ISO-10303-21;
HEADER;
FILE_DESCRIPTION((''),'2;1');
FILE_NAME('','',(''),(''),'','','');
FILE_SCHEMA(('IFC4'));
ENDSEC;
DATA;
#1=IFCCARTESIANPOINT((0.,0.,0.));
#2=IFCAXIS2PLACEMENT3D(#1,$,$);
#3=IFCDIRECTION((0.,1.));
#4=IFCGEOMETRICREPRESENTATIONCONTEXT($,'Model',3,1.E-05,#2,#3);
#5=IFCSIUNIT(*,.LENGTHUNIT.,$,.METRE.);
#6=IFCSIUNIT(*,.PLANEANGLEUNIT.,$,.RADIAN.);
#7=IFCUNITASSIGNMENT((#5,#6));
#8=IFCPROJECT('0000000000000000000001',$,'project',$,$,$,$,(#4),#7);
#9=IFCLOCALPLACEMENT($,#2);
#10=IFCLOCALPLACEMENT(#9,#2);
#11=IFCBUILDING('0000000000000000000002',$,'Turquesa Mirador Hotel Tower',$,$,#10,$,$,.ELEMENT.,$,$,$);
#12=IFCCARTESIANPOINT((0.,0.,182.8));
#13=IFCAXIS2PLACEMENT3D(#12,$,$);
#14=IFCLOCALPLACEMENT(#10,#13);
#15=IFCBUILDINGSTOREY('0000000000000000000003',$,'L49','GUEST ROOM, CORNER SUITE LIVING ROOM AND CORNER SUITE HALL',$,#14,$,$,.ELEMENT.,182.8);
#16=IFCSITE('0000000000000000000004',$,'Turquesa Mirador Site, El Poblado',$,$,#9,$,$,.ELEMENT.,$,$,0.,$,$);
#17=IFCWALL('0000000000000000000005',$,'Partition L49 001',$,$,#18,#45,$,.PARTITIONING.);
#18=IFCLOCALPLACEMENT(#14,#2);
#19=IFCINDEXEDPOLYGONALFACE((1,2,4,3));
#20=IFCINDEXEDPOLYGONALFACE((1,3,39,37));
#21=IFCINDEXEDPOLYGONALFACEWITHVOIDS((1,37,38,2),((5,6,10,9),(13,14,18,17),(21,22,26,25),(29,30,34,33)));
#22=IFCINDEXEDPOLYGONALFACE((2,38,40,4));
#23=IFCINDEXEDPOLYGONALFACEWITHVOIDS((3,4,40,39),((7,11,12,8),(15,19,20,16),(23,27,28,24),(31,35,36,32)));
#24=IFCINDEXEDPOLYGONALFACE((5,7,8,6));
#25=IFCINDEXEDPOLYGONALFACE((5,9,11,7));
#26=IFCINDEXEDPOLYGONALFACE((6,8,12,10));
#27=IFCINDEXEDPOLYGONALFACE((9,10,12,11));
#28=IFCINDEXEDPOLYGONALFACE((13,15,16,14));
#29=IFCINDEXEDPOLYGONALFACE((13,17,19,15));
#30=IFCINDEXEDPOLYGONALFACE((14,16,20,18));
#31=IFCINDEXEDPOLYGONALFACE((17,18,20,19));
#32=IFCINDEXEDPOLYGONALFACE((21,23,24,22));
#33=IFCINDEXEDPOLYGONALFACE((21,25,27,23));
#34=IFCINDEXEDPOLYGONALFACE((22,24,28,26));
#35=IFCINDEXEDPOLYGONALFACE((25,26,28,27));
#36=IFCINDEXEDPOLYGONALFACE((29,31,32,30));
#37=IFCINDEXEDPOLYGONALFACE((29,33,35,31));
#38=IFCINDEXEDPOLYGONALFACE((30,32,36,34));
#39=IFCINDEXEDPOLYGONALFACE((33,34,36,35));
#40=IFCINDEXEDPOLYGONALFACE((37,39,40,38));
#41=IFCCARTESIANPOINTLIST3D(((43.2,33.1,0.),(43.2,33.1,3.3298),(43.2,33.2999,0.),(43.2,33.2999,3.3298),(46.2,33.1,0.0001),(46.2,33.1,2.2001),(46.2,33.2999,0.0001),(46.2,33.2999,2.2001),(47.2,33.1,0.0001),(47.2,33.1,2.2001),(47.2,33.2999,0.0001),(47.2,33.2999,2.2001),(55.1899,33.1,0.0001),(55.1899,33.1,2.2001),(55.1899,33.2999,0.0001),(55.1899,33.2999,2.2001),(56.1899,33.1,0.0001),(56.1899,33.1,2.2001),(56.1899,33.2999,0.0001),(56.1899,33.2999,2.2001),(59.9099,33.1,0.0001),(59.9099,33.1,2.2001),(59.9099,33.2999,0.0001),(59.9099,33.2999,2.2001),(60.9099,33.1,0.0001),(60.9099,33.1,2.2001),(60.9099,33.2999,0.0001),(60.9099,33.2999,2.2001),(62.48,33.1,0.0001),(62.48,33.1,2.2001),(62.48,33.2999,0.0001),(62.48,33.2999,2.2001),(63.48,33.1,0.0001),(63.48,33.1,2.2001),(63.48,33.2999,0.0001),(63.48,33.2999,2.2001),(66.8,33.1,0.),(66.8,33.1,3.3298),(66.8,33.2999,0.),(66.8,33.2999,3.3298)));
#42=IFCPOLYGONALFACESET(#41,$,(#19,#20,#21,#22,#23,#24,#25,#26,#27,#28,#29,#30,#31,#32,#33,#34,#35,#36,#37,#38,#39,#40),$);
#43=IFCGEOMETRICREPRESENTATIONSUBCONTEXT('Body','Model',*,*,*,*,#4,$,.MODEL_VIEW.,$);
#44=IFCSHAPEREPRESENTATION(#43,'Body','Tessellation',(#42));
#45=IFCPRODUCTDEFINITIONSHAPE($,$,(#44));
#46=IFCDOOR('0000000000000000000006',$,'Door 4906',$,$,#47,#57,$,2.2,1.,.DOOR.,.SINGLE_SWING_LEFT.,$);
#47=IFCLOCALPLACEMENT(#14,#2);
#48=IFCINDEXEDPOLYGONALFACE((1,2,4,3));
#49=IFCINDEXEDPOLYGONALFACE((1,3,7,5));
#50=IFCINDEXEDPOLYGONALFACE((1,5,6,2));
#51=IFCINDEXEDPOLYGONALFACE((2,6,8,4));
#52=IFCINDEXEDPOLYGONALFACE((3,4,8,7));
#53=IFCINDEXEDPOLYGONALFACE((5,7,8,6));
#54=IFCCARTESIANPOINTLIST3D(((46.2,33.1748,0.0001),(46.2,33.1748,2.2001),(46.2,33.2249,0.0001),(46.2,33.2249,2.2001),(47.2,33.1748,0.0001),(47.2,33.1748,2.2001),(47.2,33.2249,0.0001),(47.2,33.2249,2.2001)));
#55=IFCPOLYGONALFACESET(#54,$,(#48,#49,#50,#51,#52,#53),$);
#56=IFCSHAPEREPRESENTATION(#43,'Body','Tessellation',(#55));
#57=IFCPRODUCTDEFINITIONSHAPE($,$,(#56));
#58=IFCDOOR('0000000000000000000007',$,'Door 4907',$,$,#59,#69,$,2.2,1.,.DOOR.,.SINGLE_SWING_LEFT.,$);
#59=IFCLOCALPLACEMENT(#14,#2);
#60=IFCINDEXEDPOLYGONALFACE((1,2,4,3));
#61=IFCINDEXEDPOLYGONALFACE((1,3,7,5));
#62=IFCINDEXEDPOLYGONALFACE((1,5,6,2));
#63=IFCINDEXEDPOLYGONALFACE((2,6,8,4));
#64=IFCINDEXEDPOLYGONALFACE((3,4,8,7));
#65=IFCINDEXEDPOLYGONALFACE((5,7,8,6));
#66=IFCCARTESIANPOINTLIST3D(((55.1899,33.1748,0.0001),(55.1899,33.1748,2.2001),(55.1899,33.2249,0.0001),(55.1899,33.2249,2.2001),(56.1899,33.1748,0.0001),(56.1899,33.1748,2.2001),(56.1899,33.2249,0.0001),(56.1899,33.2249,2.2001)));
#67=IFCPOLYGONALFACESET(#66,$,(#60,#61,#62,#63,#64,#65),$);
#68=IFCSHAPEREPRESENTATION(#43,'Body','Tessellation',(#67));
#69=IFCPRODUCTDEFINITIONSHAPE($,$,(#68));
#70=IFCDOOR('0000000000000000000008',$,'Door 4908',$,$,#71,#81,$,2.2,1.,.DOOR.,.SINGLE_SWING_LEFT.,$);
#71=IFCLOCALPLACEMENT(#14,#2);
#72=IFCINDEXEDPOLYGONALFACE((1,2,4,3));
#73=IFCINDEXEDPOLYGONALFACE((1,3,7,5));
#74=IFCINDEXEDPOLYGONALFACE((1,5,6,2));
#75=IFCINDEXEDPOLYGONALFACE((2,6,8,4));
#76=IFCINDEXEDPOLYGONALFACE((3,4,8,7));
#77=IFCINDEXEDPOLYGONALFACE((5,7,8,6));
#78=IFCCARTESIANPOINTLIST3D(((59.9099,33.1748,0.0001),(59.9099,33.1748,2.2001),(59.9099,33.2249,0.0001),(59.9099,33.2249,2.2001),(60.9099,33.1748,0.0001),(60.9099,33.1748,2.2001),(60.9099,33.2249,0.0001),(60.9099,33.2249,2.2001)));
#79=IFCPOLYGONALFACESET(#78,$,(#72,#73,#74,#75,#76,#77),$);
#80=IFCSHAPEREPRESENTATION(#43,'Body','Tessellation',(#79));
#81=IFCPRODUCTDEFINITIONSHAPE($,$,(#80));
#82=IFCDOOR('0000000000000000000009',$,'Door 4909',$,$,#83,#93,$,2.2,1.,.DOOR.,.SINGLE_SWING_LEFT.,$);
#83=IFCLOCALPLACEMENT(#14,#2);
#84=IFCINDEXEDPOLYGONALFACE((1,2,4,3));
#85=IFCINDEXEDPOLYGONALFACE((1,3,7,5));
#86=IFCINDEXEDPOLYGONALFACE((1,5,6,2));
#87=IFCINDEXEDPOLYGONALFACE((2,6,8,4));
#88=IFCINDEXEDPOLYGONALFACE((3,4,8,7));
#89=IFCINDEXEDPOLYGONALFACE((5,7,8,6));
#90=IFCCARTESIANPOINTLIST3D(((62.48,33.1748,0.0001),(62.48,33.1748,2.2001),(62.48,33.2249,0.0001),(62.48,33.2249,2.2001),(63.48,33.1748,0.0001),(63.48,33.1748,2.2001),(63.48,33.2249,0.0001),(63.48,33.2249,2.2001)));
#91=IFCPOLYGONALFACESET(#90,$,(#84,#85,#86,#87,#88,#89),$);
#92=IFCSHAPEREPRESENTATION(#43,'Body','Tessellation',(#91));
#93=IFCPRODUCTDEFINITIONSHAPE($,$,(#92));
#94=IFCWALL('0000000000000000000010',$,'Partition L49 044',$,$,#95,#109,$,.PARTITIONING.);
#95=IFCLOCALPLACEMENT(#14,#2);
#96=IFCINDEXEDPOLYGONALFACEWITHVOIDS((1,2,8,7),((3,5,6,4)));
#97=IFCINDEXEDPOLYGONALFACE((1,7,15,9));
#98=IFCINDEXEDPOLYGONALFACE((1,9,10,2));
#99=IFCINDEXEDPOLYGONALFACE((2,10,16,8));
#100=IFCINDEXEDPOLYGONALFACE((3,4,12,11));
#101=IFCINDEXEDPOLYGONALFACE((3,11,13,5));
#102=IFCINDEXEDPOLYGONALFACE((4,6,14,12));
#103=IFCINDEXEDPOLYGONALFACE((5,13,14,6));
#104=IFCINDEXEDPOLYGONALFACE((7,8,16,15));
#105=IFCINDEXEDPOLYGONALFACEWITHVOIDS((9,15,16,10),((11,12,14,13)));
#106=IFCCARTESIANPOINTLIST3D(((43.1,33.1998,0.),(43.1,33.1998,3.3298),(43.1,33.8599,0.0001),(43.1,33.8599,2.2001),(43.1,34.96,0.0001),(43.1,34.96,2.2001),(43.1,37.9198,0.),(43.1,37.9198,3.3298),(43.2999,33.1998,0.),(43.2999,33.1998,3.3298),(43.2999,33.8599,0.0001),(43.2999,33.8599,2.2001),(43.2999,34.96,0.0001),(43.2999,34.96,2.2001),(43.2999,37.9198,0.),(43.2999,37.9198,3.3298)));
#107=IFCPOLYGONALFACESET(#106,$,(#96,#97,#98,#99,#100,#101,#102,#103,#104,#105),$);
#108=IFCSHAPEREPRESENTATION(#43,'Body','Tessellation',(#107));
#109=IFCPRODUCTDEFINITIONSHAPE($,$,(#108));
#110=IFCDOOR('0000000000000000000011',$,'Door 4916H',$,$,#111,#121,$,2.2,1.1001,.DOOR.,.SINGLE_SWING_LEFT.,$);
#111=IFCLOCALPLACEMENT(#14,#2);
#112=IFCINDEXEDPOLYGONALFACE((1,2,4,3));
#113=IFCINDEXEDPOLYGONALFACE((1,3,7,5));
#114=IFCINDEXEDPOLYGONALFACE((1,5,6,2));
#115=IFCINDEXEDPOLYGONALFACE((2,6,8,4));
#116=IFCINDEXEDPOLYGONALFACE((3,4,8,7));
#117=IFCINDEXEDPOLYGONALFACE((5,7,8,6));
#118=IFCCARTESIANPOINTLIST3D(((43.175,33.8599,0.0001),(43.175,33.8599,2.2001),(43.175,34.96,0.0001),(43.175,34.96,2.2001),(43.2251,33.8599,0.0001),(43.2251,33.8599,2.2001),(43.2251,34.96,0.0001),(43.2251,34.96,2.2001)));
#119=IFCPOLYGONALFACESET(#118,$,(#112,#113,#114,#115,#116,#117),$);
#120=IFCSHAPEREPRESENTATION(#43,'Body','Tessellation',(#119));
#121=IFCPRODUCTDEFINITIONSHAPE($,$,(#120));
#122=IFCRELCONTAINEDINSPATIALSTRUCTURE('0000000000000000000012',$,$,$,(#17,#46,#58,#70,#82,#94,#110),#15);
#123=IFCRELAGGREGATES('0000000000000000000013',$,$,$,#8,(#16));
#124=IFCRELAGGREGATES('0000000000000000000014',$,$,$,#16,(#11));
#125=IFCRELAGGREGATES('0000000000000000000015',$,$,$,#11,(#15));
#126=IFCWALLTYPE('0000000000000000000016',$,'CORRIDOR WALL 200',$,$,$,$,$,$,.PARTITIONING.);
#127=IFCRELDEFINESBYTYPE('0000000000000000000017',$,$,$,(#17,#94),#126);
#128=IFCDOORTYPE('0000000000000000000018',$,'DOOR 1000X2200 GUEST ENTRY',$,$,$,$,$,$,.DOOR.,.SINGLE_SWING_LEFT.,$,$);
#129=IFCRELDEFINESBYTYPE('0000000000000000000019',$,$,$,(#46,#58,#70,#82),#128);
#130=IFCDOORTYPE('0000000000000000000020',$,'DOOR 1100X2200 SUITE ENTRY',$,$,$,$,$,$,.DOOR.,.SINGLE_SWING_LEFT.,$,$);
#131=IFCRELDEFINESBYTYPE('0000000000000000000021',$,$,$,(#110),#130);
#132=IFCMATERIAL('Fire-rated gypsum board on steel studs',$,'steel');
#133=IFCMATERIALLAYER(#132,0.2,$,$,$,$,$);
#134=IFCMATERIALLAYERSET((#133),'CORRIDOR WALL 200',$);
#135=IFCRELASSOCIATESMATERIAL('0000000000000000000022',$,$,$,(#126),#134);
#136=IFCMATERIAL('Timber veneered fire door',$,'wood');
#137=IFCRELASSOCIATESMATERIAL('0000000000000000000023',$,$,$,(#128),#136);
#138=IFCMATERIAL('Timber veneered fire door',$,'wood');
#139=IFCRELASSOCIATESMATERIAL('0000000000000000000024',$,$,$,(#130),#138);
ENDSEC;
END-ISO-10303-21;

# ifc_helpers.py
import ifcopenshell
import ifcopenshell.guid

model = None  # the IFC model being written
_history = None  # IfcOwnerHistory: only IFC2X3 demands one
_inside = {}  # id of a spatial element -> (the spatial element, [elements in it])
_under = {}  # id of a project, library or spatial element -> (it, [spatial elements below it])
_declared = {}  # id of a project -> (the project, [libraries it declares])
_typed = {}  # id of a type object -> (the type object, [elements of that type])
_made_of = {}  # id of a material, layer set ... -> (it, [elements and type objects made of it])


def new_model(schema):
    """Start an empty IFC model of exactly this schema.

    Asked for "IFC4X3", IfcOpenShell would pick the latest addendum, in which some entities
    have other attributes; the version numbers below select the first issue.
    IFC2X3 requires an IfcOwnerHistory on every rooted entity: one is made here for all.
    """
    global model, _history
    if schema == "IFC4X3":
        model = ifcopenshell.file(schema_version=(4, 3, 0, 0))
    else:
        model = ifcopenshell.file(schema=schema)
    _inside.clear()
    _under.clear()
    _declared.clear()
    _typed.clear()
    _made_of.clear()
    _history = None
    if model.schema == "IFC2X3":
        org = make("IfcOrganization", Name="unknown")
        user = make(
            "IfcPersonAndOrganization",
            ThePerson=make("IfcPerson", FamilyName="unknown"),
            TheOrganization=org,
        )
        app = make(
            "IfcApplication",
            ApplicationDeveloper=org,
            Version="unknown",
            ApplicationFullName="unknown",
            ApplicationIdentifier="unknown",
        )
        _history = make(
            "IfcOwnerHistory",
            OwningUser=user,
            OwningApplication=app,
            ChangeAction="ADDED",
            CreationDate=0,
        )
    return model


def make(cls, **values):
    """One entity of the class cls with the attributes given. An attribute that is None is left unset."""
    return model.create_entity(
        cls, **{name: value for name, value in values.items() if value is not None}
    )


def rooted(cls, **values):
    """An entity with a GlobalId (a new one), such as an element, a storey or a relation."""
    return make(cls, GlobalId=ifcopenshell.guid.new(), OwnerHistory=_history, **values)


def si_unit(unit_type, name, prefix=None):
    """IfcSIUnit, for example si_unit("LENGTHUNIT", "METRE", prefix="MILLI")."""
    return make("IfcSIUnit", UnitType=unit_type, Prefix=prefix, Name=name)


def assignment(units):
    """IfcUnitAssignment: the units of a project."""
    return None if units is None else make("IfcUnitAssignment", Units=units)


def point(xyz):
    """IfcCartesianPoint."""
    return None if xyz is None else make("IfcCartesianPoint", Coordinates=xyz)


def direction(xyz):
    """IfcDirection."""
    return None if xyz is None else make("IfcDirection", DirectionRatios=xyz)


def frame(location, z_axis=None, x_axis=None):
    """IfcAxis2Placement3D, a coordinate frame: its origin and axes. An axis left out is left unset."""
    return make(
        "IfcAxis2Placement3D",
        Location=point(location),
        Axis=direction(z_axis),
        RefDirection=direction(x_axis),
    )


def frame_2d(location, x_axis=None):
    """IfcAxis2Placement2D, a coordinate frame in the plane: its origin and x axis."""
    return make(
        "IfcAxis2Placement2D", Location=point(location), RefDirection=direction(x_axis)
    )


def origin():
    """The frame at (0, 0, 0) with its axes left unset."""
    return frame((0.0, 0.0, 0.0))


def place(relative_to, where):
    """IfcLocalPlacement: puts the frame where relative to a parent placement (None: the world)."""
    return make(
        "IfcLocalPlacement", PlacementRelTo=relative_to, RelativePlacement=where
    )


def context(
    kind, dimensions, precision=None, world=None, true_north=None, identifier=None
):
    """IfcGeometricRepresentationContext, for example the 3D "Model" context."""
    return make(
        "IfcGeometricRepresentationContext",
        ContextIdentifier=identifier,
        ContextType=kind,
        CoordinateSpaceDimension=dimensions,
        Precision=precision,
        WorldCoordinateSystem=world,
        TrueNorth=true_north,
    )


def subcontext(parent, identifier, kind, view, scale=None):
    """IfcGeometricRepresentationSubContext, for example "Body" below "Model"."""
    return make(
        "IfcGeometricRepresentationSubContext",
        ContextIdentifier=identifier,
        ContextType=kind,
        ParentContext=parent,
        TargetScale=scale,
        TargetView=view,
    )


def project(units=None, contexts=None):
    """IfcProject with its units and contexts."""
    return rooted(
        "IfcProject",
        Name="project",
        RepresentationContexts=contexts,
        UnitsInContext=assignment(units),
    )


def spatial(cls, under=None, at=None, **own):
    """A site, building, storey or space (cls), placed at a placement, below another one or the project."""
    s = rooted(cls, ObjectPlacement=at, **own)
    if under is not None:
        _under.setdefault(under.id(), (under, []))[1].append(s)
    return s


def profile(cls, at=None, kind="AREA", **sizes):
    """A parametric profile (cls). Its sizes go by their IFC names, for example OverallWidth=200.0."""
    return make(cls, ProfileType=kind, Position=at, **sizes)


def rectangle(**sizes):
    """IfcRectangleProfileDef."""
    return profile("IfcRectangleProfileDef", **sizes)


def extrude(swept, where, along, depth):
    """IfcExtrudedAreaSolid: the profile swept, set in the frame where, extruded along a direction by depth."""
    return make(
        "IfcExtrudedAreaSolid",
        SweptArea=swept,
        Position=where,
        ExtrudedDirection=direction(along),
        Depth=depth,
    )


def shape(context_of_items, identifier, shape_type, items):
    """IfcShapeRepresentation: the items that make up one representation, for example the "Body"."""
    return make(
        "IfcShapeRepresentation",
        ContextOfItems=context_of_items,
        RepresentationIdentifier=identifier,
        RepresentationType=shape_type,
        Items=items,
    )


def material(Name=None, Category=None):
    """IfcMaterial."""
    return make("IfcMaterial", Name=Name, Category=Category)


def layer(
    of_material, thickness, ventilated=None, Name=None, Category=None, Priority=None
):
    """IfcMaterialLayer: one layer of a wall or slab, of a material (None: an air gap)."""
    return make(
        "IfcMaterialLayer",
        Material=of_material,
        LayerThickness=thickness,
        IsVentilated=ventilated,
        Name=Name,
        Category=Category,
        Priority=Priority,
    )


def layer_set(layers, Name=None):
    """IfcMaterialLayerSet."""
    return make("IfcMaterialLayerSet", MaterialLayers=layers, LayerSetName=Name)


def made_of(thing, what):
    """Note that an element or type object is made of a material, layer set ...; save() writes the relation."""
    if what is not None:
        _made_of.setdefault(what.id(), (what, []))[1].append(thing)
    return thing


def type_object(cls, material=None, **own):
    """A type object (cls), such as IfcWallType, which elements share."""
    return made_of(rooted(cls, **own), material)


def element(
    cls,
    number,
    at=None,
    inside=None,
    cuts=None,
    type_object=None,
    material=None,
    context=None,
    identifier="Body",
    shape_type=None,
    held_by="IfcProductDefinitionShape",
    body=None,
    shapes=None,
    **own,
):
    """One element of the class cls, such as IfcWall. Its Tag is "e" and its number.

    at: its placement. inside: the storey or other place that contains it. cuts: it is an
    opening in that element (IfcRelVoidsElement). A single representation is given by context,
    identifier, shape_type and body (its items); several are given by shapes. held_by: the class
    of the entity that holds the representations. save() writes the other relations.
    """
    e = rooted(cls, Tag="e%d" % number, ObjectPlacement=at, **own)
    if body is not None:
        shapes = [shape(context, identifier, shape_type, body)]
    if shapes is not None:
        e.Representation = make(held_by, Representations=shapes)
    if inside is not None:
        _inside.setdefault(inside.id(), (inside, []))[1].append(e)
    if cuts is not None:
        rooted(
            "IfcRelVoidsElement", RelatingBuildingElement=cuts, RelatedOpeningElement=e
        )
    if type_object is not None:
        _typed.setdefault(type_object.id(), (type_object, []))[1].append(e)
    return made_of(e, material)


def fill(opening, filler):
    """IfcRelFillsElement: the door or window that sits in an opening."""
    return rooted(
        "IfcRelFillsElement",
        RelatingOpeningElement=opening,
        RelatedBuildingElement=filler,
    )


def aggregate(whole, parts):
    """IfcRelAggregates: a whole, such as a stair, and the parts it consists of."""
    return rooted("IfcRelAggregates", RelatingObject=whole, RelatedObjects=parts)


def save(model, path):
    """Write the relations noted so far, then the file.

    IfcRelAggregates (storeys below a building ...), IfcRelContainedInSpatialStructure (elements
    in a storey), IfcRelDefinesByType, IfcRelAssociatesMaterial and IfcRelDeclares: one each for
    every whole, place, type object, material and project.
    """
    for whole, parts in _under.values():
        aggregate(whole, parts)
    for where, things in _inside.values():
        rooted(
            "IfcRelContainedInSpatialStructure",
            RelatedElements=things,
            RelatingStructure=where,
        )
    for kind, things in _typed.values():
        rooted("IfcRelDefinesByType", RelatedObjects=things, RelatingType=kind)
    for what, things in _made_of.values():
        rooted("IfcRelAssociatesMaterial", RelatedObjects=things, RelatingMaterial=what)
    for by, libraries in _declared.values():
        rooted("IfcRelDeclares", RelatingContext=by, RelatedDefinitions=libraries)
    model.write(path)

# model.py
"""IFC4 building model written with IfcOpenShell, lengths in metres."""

from ifc_helpers import new_model, si_unit, direction, frame, frame_2d, origin, place, context, subcontext, project, spatial, rectangle, extrude, material, layer, layer_set, type_object, element, fill, save


model = new_model("IFC4")

# Units and contexts
model_context = context("Model", 3, precision=1e-05, world=origin(), true_north=direction((0.0, 1.0)))
body_context = subcontext(model_context, "Body", "Model", "MODEL_VIEW")
ifc_project = project(units=[si_unit("LENGTHUNIT", "METRE"), si_unit("PLANEANGLEUNIT", "RADIAN")], contexts=[model_context])

# Site, building, storey
site_placement = place(None, origin())
site = spatial("IfcSite", under=ifc_project, at=site_placement, Name="Turquesa Mirador Site, El Poblado", CompositionType="ELEMENT", RefElevation=0.0)
building_placement = place(site_placement, origin())
building = spatial("IfcBuilding", under=site, at=building_placement, Name="Turquesa Mirador Hotel Tower", CompositionType="ELEMENT")
storey_placement = place(building_placement, frame((0.0, 0.0, 182.8)))
storey = spatial("IfcBuildingStorey", under=building, at=storey_placement, Name="L49", Description="GUEST ROOM, CORNER SUITE LIVING ROOM AND CORNER SUITE HALL", CompositionType="ELEMENT", Elevation=182.8)

# Wall, openings, doors
ifc_material_1 = material(Name="Fire-rated gypsum board on steel studs", Category="steel")
ifc_layer_1 = layer(ifc_material_1, 0.2)
ifc_layer_set_1 = layer_set([ifc_layer_1], Name="CORRIDOR WALL 200")
wall_type_1 = type_object("IfcWallType", Name="CORRIDOR WALL 200", PredefinedType="PARTITIONING", material=ifc_layer_set_1)
wall_1_placement = place(storey_placement, frame((43.2, 33.2, 0.0), z_axis=(0.0, 0.0, 1.0), x_axis=(1.0, 0.0, 0.0)))
wall_1 = element("IfcWall", 1, at=wall_1_placement, inside=storey, type_object=wall_type_1, Name="Partition L49 001", PredefinedType="PARTITIONING", context=body_context, shape_type="SweptSolid", body=[
    extrude(rectangle(XDim=23.6001, YDim=0.2, at=frame_2d((11.8, 0.0))), origin(), (0.0, 0.0, 1.0), 3.3298),
])
opening_1_placement = place(wall_1_placement, frame((3.0, 0.0, 0.0)))
opening_1 = element("IfcOpeningElement", 2, at=opening_1_placement, cuts=wall_1, PredefinedType="OPENING", context=body_context, shape_type="SweptSolid", body=[
    extrude(rectangle(XDim=1.0, YDim=2.2, at=frame_2d((0.5, 1.1001))), frame((0.0, 0.1099, 0.0), z_axis=(0.0, -1.0, 0.0), x_axis=(1.0, 0.0, 0.0)), (0.0, 0.0, 1.0), 0.22),
])
opening_2_placement = place(wall_1_placement, frame((11.99, 0.0, 0.0)))
opening_2 = element("IfcOpeningElement", 3, at=opening_2_placement, cuts=wall_1, PredefinedType="OPENING", context=body_context, shape_type="SweptSolid", body=[
    extrude(rectangle(XDim=1.0, YDim=2.2, at=frame_2d((0.5, 1.1001))), frame((0.0, 0.1099, 0.0), z_axis=(0.0, -1.0, 0.0), x_axis=(1.0, 0.0, 0.0)), (0.0, 0.0, 1.0), 0.22),
])
opening_3_placement = place(wall_1_placement, frame((16.71, 0.0, 0.0)))
opening_3 = element("IfcOpeningElement", 4, at=opening_3_placement, cuts=wall_1, PredefinedType="OPENING", context=body_context, shape_type="SweptSolid", body=[
    extrude(rectangle(XDim=1.0, YDim=2.2, at=frame_2d((0.5, 1.1001))), frame((0.0, 0.1099, 0.0), z_axis=(0.0, -1.0, 0.0), x_axis=(1.0, 0.0, 0.0)), (0.0, 0.0, 1.0), 0.22),
])
opening_4_placement = place(wall_1_placement, frame((19.28, 0.0, 0.0)))
opening_4 = element("IfcOpeningElement", 5, at=opening_4_placement, cuts=wall_1, PredefinedType="OPENING", context=body_context, shape_type="SweptSolid", body=[
    extrude(rectangle(XDim=1.0, YDim=2.2, at=frame_2d((0.5, 1.1001))), frame((0.0, 0.1099, 0.0), z_axis=(0.0, -1.0, 0.0), x_axis=(1.0, 0.0, 0.0)), (0.0, 0.0, 1.0), 0.22),
])
ifc_material_2 = material(Name="Timber veneered fire door", Category="wood")
door_type_1 = type_object("IfcDoorType", Name="DOOR 1000X2200 GUEST ENTRY", OperationType="SINGLE_SWING_LEFT", PredefinedType="DOOR", material=ifc_material_2)
door_1_placement = place(opening_1_placement, origin())
door_1 = element("IfcDoor", 6, at=door_1_placement, inside=storey, type_object=door_type_1, Name="Door 4906", OperationType="SINGLE_SWING_LEFT", OverallHeight=2.2, OverallWidth=1.0, PredefinedType="DOOR", context=body_context, shape_type="SweptSolid", body=[
    extrude(rectangle(XDim=1.0, YDim=2.2, at=frame_2d((0.5, 1.1001))), frame((0.0, 0.0249, 0.0), z_axis=(0.0, -1.0, 0.0), x_axis=(1.0, 0.0, 0.0)), (0.0, 0.0, 1.0), 0.05),
])
fill(opening_1, door_1)
door_2_placement = place(opening_2_placement, origin())
door_2 = element("IfcDoor", 7, at=door_2_placement, inside=storey, type_object=door_type_1, Name="Door 4907", OperationType="SINGLE_SWING_LEFT", OverallHeight=2.2, OverallWidth=1.0, PredefinedType="DOOR", context=body_context, shape_type="SweptSolid", body=[
    extrude(rectangle(XDim=1.0, YDim=2.2, at=frame_2d((0.5, 1.1001))), frame((0.0, 0.0249, 0.0), z_axis=(0.0, -1.0, 0.0), x_axis=(1.0, 0.0, 0.0)), (0.0, 0.0, 1.0), 0.05),
])
fill(opening_2, door_2)
door_3_placement = place(opening_3_placement, origin())
door_3 = element("IfcDoor", 8, at=door_3_placement, inside=storey, type_object=door_type_1, Name="Door 4908", OperationType="SINGLE_SWING_LEFT", OverallHeight=2.2, OverallWidth=1.0, PredefinedType="DOOR", context=body_context, shape_type="SweptSolid", body=[
    extrude(rectangle(XDim=1.0, YDim=2.2, at=frame_2d((0.5, 1.1001))), frame((0.0, 0.0249, 0.0), z_axis=(0.0, -1.0, 0.0), x_axis=(1.0, 0.0, 0.0)), (0.0, 0.0, 1.0), 0.05),
])
fill(opening_3, door_3)
door_4_placement = place(opening_4_placement, origin())
door_4 = element("IfcDoor", 9, at=door_4_placement, inside=storey, type_object=door_type_1, Name="Door 4909", OperationType="SINGLE_SWING_LEFT", OverallHeight=2.2, OverallWidth=1.0, PredefinedType="DOOR", context=body_context, shape_type="SweptSolid", body=[
    extrude(rectangle(XDim=1.0, YDim=2.2, at=frame_2d((0.5, 1.1001))), frame((0.0, 0.0249, 0.0), z_axis=(0.0, -1.0, 0.0), x_axis=(1.0, 0.0, 0.0)), (0.0, 0.0, 1.0), 0.05),
])
fill(opening_4, door_4)

# Wall, opening, door
wall_2_placement = place(storey_placement, frame((43.2, 33.2, 0.0), z_axis=(0.0, 0.0, 1.0), x_axis=(0.0, 1.0, 0.0)))
wall_2 = element("IfcWall", 10, at=wall_2_placement, inside=storey, type_object=wall_type_1, Name="Partition L49 044", PredefinedType="PARTITIONING", context=body_context, shape_type="SweptSolid", body=[
    extrude(rectangle(XDim=4.72, YDim=0.2, at=frame_2d((2.3599, 0.0))), origin(), (0.0, 0.0, 1.0), 3.3298),
])
opening_5_placement = place(wall_2_placement, frame((0.6599, 0.0, 0.0)))
opening_5 = element("IfcOpeningElement", 11, at=opening_5_placement, cuts=wall_2, PredefinedType="OPENING", context=body_context, shape_type="SweptSolid", body=[
    extrude(rectangle(XDim=1.1001, YDim=2.2, at=frame_2d((0.55, 1.1001))), frame((0.0, 0.1099, 0.0), z_axis=(0.0, -1.0, 0.0), x_axis=(1.0, 0.0, 0.0)), (0.0, 0.0, 1.0), 0.22),
])
ifc_material_3 = material(Name="Timber veneered fire door", Category="wood")
door_type_2 = type_object("IfcDoorType", Name="DOOR 1100X2200 SUITE ENTRY", OperationType="SINGLE_SWING_LEFT", PredefinedType="DOOR", material=ifc_material_3)
door_5_placement = place(opening_5_placement, origin())
door_5 = element("IfcDoor", 12, at=door_5_placement, inside=storey, type_object=door_type_2, Name="Door 4916H", OperationType="SINGLE_SWING_LEFT", OverallHeight=2.2, OverallWidth=1.1001, PredefinedType="DOOR", context=body_context, shape_type="SweptSolid", body=[
    extrude(rectangle(XDim=1.1001, YDim=2.2, at=frame_2d((0.55, 1.1001))), frame((0.0, 0.0249, 0.0), z_axis=(0.0, -1.0, 0.0), x_axis=(1.0, 0.0, 0.0)), (0.0, 0.0, 1.0), 0.05),
])
fill(opening_5, door_5)

save(model, "model.ifc")
